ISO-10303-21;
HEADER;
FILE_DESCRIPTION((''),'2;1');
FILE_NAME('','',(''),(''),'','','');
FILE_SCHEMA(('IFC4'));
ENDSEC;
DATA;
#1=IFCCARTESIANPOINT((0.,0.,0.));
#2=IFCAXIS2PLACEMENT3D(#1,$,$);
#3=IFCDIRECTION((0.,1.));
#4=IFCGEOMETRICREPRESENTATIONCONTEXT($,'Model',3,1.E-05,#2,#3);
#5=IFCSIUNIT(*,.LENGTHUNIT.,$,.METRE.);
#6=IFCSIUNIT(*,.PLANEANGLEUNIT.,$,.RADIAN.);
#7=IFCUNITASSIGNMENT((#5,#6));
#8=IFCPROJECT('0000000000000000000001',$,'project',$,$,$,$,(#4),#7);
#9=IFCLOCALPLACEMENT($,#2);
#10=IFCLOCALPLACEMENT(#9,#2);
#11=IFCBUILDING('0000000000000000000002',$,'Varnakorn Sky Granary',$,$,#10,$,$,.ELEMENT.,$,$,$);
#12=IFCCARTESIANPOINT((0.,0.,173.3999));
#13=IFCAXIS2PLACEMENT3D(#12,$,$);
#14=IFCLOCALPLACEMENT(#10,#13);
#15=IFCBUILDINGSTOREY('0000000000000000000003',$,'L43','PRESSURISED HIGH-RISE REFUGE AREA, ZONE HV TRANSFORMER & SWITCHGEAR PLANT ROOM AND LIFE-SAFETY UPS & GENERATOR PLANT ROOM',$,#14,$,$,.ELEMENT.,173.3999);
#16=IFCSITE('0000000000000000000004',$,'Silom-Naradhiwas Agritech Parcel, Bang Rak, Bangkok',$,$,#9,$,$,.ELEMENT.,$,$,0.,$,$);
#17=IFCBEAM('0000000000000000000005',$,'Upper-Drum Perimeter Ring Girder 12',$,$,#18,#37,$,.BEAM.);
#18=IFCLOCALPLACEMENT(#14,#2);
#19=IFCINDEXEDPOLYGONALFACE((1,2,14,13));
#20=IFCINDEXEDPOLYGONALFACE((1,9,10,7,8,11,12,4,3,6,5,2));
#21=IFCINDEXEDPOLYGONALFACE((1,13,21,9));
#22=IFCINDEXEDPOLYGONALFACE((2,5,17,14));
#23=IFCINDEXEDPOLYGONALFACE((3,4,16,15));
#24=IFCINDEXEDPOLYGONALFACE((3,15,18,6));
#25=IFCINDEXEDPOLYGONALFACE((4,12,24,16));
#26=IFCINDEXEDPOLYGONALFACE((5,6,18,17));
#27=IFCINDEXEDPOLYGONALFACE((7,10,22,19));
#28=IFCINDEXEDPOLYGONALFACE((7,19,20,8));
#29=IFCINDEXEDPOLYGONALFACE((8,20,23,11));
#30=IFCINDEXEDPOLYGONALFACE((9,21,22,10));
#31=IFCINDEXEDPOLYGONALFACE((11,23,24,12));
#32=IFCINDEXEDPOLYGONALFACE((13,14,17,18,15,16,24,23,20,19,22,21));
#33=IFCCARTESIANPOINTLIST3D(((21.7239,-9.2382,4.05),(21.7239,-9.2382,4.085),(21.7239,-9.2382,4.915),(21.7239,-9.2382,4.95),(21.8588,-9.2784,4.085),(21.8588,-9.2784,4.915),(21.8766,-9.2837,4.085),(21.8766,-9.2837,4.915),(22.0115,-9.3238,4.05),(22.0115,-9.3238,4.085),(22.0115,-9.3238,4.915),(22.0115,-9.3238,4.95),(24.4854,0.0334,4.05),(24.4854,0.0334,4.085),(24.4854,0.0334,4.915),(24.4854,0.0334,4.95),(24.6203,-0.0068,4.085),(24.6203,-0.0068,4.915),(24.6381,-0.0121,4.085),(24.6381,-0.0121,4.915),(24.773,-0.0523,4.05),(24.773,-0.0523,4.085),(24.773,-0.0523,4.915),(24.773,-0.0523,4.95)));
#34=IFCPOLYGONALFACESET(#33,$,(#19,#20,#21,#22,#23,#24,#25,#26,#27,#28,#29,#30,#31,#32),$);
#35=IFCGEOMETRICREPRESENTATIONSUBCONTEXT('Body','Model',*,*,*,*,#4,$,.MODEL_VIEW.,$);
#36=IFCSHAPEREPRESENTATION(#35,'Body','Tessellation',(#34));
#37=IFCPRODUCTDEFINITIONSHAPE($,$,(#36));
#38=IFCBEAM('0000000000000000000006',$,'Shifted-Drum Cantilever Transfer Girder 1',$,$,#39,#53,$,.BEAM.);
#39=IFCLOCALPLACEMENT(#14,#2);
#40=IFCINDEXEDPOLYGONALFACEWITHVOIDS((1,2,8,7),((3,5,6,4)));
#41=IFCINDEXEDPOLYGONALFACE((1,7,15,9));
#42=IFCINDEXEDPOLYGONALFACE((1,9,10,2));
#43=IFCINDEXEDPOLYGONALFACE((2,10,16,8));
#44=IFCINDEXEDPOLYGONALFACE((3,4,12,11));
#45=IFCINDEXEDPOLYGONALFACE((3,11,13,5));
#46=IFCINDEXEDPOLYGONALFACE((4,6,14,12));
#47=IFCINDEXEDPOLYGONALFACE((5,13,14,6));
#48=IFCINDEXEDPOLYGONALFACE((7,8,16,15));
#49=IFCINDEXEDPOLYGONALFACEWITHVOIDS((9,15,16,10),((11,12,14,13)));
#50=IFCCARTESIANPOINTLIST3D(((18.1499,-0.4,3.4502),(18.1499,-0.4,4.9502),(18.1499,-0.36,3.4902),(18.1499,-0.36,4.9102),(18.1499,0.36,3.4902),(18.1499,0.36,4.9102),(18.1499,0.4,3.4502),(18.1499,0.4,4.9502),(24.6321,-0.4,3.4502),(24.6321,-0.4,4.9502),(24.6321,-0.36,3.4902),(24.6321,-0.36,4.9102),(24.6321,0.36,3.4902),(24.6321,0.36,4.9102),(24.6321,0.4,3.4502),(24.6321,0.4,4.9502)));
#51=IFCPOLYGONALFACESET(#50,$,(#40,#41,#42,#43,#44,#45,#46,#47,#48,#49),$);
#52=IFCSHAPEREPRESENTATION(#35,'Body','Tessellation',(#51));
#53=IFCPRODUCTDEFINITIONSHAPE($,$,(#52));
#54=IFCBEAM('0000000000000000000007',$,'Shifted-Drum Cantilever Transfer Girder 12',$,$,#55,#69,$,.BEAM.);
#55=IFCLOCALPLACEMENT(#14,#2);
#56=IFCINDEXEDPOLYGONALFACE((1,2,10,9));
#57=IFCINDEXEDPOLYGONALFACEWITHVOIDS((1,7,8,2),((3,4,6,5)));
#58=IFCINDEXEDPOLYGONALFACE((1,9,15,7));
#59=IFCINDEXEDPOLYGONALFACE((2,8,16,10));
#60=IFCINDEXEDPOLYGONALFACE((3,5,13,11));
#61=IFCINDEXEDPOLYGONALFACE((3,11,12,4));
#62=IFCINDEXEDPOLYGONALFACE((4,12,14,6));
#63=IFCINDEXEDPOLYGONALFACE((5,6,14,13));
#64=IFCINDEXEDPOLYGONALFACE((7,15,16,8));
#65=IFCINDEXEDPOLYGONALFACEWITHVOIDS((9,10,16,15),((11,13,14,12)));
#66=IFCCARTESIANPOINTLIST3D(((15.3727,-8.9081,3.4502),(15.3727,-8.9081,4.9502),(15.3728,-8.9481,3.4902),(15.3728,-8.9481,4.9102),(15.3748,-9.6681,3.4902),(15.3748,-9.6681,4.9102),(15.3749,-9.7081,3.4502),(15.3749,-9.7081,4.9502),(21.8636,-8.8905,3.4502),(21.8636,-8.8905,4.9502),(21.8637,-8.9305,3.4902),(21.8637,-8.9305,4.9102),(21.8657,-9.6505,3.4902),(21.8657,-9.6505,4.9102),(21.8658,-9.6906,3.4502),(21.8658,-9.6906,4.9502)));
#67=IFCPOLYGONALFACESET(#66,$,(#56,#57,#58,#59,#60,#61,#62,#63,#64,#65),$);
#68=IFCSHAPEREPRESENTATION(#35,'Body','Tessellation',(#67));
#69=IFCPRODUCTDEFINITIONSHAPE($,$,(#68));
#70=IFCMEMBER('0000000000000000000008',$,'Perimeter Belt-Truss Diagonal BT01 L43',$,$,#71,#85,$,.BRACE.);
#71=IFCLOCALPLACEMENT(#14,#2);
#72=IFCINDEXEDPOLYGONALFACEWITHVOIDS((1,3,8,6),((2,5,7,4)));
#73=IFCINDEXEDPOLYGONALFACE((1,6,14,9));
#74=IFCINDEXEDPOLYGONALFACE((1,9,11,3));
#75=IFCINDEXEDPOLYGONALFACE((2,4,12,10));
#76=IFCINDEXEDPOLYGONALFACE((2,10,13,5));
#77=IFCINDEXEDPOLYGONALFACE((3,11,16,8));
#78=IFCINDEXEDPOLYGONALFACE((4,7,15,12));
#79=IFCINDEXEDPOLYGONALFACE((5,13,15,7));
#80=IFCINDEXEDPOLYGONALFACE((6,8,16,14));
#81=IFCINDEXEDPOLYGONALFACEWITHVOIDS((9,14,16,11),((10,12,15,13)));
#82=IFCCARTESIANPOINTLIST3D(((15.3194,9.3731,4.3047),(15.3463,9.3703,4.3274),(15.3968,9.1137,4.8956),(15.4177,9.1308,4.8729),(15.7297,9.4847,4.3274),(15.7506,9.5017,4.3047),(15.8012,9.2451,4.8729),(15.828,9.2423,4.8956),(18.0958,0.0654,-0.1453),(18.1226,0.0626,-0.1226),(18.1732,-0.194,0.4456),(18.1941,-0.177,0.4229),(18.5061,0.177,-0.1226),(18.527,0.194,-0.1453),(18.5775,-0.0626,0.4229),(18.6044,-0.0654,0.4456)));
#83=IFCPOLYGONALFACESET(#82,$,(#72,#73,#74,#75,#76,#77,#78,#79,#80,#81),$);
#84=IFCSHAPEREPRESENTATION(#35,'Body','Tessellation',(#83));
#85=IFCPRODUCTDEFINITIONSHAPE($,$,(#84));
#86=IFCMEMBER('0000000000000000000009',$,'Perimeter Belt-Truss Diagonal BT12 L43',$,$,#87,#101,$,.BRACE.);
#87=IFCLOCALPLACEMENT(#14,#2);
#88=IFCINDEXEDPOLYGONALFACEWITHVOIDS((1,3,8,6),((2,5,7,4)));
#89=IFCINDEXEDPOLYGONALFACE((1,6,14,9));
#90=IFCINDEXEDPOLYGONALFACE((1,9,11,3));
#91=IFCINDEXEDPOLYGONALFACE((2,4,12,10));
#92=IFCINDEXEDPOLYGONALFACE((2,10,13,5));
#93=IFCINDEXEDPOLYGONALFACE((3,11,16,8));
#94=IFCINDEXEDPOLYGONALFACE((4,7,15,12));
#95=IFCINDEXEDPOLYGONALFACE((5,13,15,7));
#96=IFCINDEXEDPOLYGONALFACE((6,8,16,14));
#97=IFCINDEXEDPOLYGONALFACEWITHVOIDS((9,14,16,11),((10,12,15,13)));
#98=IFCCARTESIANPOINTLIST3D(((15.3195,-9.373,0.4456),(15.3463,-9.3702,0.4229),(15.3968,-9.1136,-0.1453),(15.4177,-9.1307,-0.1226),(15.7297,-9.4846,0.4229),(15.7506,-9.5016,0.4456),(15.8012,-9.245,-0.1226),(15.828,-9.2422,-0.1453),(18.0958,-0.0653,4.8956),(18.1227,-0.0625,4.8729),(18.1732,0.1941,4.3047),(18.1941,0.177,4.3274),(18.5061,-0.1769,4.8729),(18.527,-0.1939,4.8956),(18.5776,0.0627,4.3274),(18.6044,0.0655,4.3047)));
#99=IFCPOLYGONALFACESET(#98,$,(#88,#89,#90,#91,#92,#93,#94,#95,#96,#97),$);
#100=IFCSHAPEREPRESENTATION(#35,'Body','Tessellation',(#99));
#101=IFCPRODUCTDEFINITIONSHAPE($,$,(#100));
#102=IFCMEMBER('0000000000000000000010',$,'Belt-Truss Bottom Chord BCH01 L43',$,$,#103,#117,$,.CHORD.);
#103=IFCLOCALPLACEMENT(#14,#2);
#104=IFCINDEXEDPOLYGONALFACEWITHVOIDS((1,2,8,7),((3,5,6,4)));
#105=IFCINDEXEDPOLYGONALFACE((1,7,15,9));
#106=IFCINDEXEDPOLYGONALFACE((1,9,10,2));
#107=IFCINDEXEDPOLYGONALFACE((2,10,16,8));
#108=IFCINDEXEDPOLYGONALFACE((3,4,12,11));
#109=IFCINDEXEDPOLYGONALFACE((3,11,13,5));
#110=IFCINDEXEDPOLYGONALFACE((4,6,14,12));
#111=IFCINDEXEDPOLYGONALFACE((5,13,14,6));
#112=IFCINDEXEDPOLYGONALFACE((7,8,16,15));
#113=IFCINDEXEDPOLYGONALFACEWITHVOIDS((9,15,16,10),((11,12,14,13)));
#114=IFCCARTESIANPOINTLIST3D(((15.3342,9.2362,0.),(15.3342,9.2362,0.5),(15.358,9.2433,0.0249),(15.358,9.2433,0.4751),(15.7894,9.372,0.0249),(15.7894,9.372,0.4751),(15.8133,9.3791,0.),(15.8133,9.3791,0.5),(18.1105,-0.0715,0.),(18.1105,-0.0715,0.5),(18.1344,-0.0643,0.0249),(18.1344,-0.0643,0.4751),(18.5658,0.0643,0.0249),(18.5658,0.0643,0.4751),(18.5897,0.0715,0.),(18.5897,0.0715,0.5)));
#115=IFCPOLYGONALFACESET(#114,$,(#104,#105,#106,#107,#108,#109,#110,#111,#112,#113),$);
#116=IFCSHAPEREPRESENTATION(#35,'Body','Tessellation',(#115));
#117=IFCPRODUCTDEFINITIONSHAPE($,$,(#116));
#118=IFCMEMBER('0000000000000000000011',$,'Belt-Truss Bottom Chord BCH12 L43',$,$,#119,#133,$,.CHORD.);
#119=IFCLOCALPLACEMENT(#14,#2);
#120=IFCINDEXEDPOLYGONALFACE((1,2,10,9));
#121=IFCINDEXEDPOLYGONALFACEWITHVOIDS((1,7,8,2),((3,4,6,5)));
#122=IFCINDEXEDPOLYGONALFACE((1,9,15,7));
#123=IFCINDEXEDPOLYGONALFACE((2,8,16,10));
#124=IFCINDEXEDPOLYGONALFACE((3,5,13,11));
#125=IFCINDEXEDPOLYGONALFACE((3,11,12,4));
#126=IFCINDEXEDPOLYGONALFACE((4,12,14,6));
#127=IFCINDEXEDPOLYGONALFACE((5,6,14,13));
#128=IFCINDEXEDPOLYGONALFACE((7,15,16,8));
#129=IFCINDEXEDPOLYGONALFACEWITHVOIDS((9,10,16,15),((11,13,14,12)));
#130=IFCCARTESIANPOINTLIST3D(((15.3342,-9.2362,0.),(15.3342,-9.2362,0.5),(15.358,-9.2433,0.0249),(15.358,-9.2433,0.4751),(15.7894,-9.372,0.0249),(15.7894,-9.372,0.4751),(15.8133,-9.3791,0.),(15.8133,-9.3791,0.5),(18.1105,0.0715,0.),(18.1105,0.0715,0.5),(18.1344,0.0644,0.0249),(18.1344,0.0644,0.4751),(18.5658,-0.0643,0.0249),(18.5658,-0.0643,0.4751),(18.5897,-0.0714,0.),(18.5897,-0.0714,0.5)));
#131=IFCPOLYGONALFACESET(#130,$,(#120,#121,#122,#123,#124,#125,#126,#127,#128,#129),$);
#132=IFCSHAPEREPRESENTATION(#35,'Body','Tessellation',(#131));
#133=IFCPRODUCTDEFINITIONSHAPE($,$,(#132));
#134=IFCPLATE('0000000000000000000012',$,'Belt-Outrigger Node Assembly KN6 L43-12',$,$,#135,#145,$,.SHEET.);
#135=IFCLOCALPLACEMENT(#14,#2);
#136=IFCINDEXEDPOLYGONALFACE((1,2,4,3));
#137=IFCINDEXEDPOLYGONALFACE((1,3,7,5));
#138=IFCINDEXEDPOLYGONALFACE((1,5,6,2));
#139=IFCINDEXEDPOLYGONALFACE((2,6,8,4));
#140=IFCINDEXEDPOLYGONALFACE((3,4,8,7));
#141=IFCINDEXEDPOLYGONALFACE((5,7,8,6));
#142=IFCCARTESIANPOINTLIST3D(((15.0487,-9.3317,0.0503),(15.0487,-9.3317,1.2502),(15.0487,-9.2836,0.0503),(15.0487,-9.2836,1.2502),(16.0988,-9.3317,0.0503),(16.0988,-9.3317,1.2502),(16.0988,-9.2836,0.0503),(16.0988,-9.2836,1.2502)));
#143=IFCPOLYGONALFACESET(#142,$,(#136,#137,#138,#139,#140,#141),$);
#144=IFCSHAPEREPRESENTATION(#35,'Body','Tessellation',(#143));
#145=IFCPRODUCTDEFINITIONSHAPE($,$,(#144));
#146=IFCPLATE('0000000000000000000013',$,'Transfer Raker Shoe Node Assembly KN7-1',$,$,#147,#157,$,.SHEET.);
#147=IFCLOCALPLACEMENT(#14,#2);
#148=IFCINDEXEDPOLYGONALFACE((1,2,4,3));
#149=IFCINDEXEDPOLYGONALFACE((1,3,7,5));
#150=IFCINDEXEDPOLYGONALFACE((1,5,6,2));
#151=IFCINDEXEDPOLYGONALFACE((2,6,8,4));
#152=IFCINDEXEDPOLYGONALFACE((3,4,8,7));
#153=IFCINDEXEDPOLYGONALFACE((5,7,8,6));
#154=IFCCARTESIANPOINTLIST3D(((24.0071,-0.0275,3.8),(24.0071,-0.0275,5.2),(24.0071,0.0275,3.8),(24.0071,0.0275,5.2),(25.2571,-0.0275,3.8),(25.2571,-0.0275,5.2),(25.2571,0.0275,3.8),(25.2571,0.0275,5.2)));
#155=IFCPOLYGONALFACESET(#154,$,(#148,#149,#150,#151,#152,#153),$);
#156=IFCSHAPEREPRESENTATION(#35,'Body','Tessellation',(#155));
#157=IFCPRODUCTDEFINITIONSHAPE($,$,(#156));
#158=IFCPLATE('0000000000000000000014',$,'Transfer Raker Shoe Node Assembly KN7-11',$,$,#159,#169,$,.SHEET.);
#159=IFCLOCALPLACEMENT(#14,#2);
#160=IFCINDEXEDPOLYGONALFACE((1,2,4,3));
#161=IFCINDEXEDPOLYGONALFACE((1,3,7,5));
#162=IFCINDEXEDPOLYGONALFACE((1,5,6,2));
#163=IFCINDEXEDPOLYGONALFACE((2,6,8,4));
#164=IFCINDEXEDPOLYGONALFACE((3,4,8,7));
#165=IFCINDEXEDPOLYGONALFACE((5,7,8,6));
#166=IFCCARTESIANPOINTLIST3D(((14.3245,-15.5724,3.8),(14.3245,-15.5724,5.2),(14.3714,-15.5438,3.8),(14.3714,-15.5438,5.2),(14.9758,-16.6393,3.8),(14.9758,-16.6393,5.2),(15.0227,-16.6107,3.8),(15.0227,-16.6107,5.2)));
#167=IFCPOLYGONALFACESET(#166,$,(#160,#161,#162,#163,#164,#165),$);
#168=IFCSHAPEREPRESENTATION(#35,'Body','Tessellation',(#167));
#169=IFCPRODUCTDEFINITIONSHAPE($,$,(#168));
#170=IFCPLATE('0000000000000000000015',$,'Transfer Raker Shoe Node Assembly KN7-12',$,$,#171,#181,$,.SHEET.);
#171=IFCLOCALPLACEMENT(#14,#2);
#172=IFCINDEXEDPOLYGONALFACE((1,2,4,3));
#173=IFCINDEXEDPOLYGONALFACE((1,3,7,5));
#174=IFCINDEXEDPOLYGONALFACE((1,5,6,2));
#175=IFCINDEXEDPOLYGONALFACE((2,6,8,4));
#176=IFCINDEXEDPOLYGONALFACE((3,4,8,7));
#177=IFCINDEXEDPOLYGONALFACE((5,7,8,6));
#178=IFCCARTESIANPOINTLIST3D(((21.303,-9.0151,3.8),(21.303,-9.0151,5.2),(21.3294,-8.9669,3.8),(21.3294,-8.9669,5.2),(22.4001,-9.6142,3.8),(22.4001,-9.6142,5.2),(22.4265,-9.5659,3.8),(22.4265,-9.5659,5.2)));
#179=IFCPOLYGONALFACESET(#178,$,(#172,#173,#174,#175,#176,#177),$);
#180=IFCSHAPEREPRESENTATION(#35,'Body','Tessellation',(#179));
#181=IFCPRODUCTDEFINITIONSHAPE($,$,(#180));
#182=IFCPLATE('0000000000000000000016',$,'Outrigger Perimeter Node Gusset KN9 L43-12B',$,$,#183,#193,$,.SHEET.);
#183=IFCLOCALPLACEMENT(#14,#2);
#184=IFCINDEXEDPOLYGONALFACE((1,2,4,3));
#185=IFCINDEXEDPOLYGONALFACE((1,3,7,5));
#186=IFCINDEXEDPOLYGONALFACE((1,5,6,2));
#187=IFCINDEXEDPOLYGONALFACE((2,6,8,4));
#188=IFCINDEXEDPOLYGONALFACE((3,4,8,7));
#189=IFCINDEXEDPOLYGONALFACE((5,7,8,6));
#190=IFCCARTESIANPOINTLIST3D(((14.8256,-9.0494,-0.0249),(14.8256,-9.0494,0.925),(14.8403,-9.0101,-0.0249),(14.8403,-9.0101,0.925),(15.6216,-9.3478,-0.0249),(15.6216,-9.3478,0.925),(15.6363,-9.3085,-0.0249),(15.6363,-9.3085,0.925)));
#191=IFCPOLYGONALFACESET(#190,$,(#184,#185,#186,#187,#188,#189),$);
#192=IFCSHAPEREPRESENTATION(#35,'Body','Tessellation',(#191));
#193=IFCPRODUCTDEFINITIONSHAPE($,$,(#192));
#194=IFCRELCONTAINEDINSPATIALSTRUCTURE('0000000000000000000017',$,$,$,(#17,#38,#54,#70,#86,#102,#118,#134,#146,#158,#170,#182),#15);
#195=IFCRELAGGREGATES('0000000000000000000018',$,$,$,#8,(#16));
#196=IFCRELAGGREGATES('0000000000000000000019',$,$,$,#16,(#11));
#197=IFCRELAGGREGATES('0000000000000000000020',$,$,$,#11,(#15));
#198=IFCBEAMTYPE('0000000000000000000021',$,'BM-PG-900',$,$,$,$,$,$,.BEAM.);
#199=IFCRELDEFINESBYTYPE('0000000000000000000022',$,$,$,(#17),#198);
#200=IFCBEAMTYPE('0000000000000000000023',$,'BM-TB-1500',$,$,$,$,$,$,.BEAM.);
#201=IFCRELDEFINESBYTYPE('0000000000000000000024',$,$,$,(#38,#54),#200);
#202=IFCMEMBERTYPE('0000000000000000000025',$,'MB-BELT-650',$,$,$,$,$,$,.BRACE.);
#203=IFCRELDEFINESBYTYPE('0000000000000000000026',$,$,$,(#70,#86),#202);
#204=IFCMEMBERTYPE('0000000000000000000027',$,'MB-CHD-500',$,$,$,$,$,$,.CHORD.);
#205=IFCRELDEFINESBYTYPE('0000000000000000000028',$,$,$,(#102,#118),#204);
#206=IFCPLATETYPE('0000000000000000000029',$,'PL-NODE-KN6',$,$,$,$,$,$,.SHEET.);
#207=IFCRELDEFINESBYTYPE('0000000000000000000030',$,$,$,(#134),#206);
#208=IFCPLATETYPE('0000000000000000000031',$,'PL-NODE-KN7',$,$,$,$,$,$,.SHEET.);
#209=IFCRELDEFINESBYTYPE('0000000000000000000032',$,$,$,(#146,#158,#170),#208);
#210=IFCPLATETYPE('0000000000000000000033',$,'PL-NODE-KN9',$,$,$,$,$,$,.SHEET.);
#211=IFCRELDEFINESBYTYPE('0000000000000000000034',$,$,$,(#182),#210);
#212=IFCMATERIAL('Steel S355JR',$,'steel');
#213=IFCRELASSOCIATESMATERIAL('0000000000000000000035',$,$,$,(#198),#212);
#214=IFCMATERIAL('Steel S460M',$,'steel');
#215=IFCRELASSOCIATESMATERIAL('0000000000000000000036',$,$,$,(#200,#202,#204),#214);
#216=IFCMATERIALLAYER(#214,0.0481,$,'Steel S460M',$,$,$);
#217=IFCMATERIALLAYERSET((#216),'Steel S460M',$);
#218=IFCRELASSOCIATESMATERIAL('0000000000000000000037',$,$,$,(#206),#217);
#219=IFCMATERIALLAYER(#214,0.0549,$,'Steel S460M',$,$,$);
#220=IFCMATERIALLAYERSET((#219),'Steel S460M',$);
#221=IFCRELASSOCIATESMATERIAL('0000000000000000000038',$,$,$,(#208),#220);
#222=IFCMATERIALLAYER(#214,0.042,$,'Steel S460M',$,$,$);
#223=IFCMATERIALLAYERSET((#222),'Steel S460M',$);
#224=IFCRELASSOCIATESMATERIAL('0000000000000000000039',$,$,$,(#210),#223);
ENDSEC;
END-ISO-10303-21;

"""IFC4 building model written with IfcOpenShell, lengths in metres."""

from ifc_helpers import new_model, si_unit, direction, frame, origin, origin_2d, place, context, subcontext, project, spatial, rectangle, hollow_rectangle, i_section, extrude, material, layer, layer_set, material_profile, profile_set, type_object, element, save


model = new_model("IFC4")

# Units and contexts
model_context = context("Model", 3, precision=1e-05, world=origin(), true_north=direction((0.0, 1.0)))
body_context = subcontext(model_context, "Body", "Model", "MODEL_VIEW")
ifc_project = project(units=[si_unit("LENGTHUNIT", "METRE"), si_unit("PLANEANGLEUNIT", "RADIAN")], contexts=[model_context])

# Site, building, storey
site_placement = place(None, origin())
site = spatial("IfcSite", under=ifc_project, at=site_placement, Name="Silom-Naradhiwas Agritech Parcel, Bang Rak, Bangkok", CompositionType="ELEMENT", RefElevation=0.0)
building_placement = place(site_placement, origin())
building = spatial("IfcBuilding", under=site, at=building_placement, Name="Varnakorn Sky Granary", CompositionType="ELEMENT")
storey_placement = place(building_placement, frame((0.0, 0.0, 173.3999)))
storey = spatial("IfcBuildingStorey", under=building, at=storey_placement, Name="L43", Description="PRESSURISED HIGH-RISE REFUGE AREA, ZONE HV TRANSFORMER & SWITCHGEAR PLANT ROOM AND LIFE-SAFETY UPS & GENERATOR PLANT ROOM", CompositionType="ELEMENT", Elevation=173.3999)

# Shared definitions
ifc_material_1 = material(Name="Steel S460M", Category="steel")

# Beams
ifc_material_2 = material(Name="Steel S355JR", Category="steel")
ifc_material_profile_1 = material_profile(ifc_material_2, i_section(OverallWidth=0.3, OverallDepth=0.8999, WebThickness=0.0186, FlangeThickness=0.0349, at=origin_2d()), Name="HE 900 B")
ifc_profile_set_1 = profile_set([ifc_material_profile_1], Name="Steel S355JR")
beam_type_1 = type_object("IfcBeamType", Name="BM-PG-900", PredefinedType="BEAM", material=ifc_profile_set_1)
beam_1_placement = place(storey_placement, frame((21.8677, -9.281, 4.5), z_axis=(0.285453, 0.958393, 0.0), x_axis=(-0.958393, 0.285453, 0.0)))
element("IfcBeam", 1, at=beam_1_placement, inside=storey, type_object=beam_type_1, Name="Upper-Drum Perimeter Ring Girder 12", PredefinedType="BEAM", context=body_context, shape_type="SweptSolid", body=[
    extrude(i_section(OverallWidth=0.3, OverallDepth=0.8999, WebThickness=0.0186, FlangeThickness=0.0349, at=origin_2d()), origin(), (0.0, 0.0, 1.0), 9.6741),
])
ifc_material_profile_2 = material_profile(ifc_material_1, hollow_rectangle(XDim=0.8, YDim=1.5, WallThickness=0.04, at=origin_2d()), Name="BOX 800x1500x40")
ifc_profile_set_2 = profile_set([ifc_material_profile_2], Name="Steel S460M")
beam_type_2 = type_object("IfcBeamType", Name="BM-TB-1500", PredefinedType="BEAM", material=ifc_profile_set_2)
beam_2_placement = place(storey_placement, frame((18.1499, 0.0, 4.2002), z_axis=(1.0, 0.0, 0.0), x_axis=(0.0, 1.0, 0.0)))
element("IfcBeam", 2, at=beam_2_placement, inside=storey, type_object=beam_type_2, Name="Shifted-Drum Cantilever Transfer Girder 1", PredefinedType="BEAM", context=body_context, shape_type="SweptSolid", body=[
    extrude(hollow_rectangle(XDim=0.8, YDim=1.5, WallThickness=0.04, at=origin_2d()), origin(), (0.0, 0.0, 1.0), 6.4822),
])
beam_3_placement = place(storey_placement, frame((15.3738, -9.3081, 4.2002), z_axis=(0.999996, 0.002708, 0.0), x_axis=(-0.002708, 0.999996, 0.0)))
element("IfcBeam", 3, at=beam_3_placement, inside=storey, type_object=beam_type_2, Name="Shifted-Drum Cantilever Transfer Girder 12", PredefinedType="BEAM", context=body_context, shape_type="SweptSolid", body=[
    extrude(hollow_rectangle(XDim=0.8, YDim=1.5, WallThickness=0.04, at=origin_2d()), origin(), (0.0, 0.0, 1.0), 6.491),
])

# Members
ifc_material_profile_3 = material_profile(ifc_material_1, hollow_rectangle(XDim=0.45, YDim=0.6499, WallThickness=0.0249, at=origin_2d()), Name="RHS 450x650x25")
ifc_profile_set_3 = profile_set([ifc_material_profile_3], Name="Steel S460M")
member_type_1 = type_object("IfcMemberType", Name="MB-BELT-650", PredefinedType="BRACE", material=ifc_profile_set_3)
for number, where, z_axis, x_axis, name in (
    (4, (18.3501, 0.0, 0.1501), (-0.259869, 0.871196, 0.416517), (-0.958276, -0.285844, 0.0), "Perimeter Belt-Truss Diagonal BT01 L43"),
    (5, (15.5737, -9.3076, 0.1501), (0.259869, 0.871196, 0.416517), (-0.958276, 0.285844, 0.0), "Perimeter Belt-Truss Diagonal BT12 L43"),
):
    element("IfcMember", number, at=place(storey_placement, frame(where, z_axis=z_axis, x_axis=x_axis)), inside=storey, type_object=member_type_1, Name=name, PredefinedType="BRACE", context=body_context, shape_type="SweptSolid", body=[
        extrude(hollow_rectangle(XDim=0.45, YDim=0.6499, WallThickness=0.0249, at=origin_2d()), origin(), (0.0, 0.0, 1.0), 10.6838),
    ])
ifc_material_profile_4 = material_profile(ifc_material_1, hollow_rectangle(XDim=0.5, YDim=0.5, WallThickness=0.0249, at=origin_2d()), Name="SHS 500x500x25")
ifc_profile_set_4 = profile_set([ifc_material_profile_4], Name="Steel S460M")
member_type_2 = type_object("IfcMemberType", Name="MB-CHD-500", PredefinedType="CHORD", material=ifc_profile_set_4)
for number, where, z_axis, x_axis, name in (
    (6, (18.3501, 0.0, 0.25), (-0.285844, 0.958276, 0.0), (-0.958276, -0.285844, 0.0), "Belt-Truss Bottom Chord BCH01 L43"),
    (7, (15.5737, -9.3076, 0.25), (0.285844, 0.958276, 0.0), (-0.958276, 0.285844, 0.0), "Belt-Truss Bottom Chord BCH12 L43"),
):
    element("IfcMember", number, at=place(storey_placement, frame(where, z_axis=z_axis, x_axis=x_axis)), inside=storey, type_object=member_type_2, Name=name, PredefinedType="CHORD", context=body_context, shape_type="SweptSolid", body=[
        extrude(hollow_rectangle(XDim=0.5, YDim=0.5, WallThickness=0.0249, at=origin_2d()), origin(), (0.0, 0.0, 1.0), 9.7129),
    ])

# Plates
ifc_layer_1 = layer(ifc_material_1, 0.0481, Name="Steel S460M")
ifc_layer_set_1 = layer_set([ifc_layer_1], Name="Steel S460M")
plate_type_1 = type_object("IfcPlateType", Name="PL-NODE-KN6", PredefinedType="SHEET", material=ifc_layer_set_1)
plate_1_placement = place(storey_placement, frame((15.5737, -9.3076, 0.0503), z_axis=(0.0, 0.0, 1.0), x_axis=(1.0, 0.0, 0.0)))
element("IfcPlate", 8, at=plate_1_placement, inside=storey, type_object=plate_type_1, Name="Belt-Outrigger Node Assembly KN6 L43-12", PredefinedType="SHEET", context=body_context, shape_type="SweptSolid", body=[
    extrude(rectangle(XDim=1.05, YDim=0.0481, at=origin_2d()), origin(), (0.0, 0.0, 1.0), 1.2),
])
ifc_layer_2 = layer(ifc_material_1, 0.0549, Name="Steel S460M")
ifc_layer_set_2 = layer_set([ifc_layer_2], Name="Steel S460M")
plate_type_2 = type_object("IfcPlateType", Name="PL-NODE-KN7", PredefinedType="SHEET", material=ifc_layer_set_2)
for number, where, z_axis, x_axis, name in (
    (9, (24.6321, 0.0, 3.8), (0.0, 0.0, 1.0), (1.0, 0.0, 0.0), "Transfer Raker Shoe Node Assembly KN7-1"),
    (10, (14.6736, -16.0916, 3.8), (0.0, 0.0, 1.0), (0.521054, -0.853524, 0.0), "Transfer Raker Shoe Node Assembly KN7-11"),
    (11, (21.8647, -9.2905, 3.8), (0.0, 0.0, 1.0), (0.877685, -0.479238, 0.0), "Transfer Raker Shoe Node Assembly KN7-12"),
):
    element("IfcPlate", number, at=place(storey_placement, frame(where, z_axis=z_axis, x_axis=x_axis)), inside=storey, type_object=plate_type_2, Name=name, PredefinedType="SHEET", context=body_context, shape_type="SweptSolid", body=[
        extrude(rectangle(XDim=1.25, YDim=0.0549, at=origin_2d()), origin(), (0.0, 0.0, 1.0), 1.3999),
    ])
ifc_layer_3 = layer(ifc_material_1, 0.042, Name="Steel S460M")
ifc_layer_set_3 = layer_set([ifc_layer_3], Name="Steel S460M")
plate_type_3 = type_object("IfcPlateType", Name="PL-NODE-KN9", PredefinedType="SHEET", material=ifc_layer_set_3)
plate_2_placement = place(storey_placement, frame((15.231, -9.179, -0.0249), z_axis=(0.0, 0.0, 1.0), x_axis=(0.93639, -0.350961, 0.0)))
element("IfcPlate", 12, at=plate_2_placement, inside=storey, type_object=plate_type_3, Name="Outrigger Perimeter Node Gusset KN9 L43-12B", PredefinedType="SHEET", context=body_context, shape_type="SweptSolid", body=[
    extrude(rectangle(XDim=0.8501, YDim=0.042, at=origin_2d()), origin(), (0.0, 0.0, 1.0), 0.95),
])

save(model, "model.ifc")
